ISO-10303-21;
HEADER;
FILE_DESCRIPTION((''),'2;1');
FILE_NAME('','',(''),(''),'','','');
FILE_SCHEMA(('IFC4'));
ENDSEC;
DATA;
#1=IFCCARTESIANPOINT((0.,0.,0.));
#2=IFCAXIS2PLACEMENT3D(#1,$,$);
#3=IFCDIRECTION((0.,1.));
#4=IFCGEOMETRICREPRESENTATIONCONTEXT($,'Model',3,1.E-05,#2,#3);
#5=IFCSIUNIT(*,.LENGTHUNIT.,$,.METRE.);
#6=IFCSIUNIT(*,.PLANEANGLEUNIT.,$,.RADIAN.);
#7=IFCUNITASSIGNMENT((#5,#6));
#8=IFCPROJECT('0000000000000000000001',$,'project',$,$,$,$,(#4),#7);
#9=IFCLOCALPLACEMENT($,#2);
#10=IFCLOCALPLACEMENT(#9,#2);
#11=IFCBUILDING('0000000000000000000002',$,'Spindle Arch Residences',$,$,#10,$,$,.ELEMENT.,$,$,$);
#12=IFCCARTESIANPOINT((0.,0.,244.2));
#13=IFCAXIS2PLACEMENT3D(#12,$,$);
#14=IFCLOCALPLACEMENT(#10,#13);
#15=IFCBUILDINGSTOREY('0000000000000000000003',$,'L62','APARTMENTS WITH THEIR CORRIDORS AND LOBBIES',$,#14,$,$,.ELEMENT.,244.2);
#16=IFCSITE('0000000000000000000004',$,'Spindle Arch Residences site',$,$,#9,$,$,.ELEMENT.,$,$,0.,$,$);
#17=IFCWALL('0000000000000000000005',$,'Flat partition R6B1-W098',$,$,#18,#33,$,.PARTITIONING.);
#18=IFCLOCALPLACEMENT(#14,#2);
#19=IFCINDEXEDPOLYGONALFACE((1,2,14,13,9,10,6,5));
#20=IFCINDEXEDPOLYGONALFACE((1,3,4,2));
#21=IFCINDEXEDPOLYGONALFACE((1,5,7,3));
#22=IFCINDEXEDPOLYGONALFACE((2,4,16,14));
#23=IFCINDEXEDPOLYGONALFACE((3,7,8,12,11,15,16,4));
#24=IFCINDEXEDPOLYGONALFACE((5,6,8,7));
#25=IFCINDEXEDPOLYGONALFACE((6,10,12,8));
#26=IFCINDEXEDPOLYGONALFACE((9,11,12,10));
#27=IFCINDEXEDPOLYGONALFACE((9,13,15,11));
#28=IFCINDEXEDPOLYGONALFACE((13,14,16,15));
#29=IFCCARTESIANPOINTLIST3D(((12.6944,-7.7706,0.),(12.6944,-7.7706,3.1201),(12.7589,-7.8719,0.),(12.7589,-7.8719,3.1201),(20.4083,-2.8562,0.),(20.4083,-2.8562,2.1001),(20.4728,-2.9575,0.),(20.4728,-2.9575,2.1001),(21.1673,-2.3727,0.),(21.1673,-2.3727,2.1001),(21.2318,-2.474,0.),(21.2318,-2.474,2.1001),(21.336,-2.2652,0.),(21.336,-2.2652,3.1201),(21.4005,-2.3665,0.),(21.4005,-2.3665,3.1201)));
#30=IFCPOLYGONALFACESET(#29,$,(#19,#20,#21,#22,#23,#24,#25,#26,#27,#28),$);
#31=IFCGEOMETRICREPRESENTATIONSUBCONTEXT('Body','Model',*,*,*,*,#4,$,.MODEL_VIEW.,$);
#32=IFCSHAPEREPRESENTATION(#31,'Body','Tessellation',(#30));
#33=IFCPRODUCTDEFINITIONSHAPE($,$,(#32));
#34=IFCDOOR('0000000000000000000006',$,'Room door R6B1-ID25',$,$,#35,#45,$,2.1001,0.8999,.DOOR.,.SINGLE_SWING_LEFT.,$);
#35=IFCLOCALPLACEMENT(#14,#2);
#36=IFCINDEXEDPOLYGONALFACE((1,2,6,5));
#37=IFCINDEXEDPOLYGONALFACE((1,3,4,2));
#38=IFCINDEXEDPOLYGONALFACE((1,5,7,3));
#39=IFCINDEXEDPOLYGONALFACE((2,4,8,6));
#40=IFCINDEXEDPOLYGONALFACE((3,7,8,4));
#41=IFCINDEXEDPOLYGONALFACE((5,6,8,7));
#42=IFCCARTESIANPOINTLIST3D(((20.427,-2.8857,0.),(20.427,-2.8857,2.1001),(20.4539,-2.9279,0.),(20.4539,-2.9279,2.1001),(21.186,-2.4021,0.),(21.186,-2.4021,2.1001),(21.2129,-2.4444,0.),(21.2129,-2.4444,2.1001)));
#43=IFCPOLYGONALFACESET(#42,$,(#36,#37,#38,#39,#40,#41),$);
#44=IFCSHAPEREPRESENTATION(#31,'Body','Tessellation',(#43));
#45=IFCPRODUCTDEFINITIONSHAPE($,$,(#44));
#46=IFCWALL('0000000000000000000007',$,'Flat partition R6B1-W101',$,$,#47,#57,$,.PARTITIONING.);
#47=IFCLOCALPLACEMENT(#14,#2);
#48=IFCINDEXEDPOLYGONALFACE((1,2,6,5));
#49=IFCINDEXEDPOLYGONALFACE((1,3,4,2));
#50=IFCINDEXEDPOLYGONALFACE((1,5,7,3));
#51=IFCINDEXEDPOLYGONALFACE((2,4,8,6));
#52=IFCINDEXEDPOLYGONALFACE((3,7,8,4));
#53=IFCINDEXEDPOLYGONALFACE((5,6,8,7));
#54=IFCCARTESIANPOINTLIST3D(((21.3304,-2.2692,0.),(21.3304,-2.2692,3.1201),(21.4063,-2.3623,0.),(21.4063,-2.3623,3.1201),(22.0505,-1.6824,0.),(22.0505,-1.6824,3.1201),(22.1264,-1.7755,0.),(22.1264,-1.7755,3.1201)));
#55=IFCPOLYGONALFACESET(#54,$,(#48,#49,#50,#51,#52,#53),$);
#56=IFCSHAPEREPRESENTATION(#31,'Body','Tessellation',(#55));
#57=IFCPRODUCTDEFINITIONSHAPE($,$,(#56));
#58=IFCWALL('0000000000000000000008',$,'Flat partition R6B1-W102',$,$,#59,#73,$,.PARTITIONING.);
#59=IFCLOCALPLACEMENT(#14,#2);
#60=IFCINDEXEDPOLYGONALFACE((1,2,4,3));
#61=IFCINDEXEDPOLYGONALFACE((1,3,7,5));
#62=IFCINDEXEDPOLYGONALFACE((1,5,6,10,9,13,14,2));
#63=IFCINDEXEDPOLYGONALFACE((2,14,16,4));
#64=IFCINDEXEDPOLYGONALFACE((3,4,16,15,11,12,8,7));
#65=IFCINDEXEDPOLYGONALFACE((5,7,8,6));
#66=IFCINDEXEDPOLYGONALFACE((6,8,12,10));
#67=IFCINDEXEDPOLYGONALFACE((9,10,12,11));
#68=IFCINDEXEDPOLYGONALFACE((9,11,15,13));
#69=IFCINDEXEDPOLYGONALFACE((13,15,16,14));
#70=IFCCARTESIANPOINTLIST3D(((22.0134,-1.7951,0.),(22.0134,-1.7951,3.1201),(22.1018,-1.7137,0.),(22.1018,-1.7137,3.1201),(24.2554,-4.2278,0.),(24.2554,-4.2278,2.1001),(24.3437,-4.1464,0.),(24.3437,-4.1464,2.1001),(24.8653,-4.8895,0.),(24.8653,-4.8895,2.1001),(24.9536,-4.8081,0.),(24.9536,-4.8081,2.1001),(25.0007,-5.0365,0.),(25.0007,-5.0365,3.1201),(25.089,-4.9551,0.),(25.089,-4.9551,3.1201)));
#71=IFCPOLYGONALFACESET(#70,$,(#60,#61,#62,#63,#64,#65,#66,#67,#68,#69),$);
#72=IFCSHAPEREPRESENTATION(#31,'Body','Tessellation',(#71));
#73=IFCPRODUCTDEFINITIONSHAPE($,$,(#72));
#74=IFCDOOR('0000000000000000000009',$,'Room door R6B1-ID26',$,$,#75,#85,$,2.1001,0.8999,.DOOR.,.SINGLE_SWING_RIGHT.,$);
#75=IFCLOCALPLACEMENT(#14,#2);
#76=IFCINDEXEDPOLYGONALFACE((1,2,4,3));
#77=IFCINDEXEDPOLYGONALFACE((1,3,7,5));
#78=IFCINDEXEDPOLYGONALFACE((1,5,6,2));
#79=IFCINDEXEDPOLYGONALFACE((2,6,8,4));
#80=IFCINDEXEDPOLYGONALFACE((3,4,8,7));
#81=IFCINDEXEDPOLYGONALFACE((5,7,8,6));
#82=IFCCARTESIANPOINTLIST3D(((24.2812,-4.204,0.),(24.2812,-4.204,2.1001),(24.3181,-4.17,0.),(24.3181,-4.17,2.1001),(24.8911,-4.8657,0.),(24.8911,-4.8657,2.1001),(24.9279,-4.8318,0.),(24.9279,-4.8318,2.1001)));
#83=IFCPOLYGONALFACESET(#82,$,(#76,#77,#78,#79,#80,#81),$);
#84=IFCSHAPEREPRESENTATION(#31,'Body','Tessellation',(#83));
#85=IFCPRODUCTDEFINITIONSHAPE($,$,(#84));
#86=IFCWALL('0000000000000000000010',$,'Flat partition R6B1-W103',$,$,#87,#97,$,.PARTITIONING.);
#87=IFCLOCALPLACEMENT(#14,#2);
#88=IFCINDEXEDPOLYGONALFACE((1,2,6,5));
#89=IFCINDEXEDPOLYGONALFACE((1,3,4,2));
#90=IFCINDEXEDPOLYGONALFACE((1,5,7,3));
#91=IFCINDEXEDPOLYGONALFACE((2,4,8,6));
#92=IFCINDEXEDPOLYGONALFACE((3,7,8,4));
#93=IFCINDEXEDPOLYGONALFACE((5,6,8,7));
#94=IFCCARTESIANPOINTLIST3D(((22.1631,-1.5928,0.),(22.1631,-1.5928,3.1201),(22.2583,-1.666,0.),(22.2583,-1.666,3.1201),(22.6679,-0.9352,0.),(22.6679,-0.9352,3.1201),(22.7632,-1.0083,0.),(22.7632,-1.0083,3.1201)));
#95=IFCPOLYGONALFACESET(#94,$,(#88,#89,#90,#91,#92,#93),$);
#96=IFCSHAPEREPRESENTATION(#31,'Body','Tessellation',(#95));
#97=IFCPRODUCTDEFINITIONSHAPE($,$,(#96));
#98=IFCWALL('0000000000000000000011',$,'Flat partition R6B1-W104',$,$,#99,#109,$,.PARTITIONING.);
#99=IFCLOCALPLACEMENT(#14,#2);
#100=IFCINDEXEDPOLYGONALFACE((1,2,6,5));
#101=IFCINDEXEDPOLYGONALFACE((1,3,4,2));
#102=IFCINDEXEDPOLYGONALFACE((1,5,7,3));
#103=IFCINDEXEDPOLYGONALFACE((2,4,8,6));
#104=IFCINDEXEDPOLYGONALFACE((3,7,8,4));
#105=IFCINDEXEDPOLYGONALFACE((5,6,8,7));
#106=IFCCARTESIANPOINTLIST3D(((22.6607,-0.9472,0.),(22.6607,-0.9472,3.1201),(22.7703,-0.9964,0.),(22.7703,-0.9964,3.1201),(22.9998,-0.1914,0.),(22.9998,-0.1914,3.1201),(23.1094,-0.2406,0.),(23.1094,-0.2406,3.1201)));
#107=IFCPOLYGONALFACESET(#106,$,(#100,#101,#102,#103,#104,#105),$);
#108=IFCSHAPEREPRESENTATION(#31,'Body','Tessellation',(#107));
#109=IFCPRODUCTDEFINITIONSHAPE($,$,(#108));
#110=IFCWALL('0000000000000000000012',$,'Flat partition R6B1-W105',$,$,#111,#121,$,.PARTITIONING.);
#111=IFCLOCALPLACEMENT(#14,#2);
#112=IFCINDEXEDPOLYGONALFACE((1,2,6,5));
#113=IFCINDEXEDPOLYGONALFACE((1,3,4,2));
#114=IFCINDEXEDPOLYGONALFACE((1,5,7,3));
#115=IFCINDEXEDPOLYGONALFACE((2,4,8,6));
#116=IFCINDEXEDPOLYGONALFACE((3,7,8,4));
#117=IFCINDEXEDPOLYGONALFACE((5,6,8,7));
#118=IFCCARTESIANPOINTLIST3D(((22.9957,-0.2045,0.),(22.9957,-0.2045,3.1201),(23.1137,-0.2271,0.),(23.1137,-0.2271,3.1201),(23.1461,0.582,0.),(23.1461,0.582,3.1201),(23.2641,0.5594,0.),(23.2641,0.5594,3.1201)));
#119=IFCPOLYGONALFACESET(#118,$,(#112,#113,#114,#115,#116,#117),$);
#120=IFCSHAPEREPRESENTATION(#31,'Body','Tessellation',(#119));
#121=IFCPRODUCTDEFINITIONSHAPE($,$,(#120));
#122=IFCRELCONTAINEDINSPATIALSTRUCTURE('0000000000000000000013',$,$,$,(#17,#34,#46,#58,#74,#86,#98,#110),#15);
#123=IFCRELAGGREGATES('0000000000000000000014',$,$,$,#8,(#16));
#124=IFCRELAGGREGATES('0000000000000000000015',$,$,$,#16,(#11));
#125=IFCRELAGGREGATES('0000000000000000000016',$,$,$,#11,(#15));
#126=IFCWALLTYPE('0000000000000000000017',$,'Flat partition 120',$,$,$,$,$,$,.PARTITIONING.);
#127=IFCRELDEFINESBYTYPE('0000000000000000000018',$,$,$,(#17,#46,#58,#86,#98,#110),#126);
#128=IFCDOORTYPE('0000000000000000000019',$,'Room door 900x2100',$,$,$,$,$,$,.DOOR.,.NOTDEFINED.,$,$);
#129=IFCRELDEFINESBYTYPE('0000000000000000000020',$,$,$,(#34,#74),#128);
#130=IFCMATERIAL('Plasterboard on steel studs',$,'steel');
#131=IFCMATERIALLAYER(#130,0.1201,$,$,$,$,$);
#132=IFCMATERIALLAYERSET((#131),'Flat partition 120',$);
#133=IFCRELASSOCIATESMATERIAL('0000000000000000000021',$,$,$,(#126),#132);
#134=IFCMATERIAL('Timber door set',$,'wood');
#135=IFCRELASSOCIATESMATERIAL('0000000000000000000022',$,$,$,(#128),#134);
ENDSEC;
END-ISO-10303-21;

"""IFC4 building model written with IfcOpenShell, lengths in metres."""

from ifc_helpers import new_model, si_unit, direction, frame, frame_2d, origin, place, context, subcontext, project, spatial, rectangle, extrude, material, layer, layer_set, type_object, element, fill, save


model = new_model("IFC4")

# Units and contexts
model_context = context("Model", 3, precision=1e-05, world=origin(), true_north=direction((0.0, 1.0)))
body_context = subcontext(model_context, "Body", "Model", "MODEL_VIEW")
ifc_project = project(units=[si_unit("LENGTHUNIT", "METRE"), si_unit("PLANEANGLEUNIT", "RADIAN")], contexts=[model_context])

# Site, building, storey
site_placement = place(None, origin())
site = spatial("IfcSite", under=ifc_project, at=site_placement, Name="Spindle Arch Residences site", CompositionType="ELEMENT", RefElevation=0.0)
building_placement = place(site_placement, origin())
building = spatial("IfcBuilding", under=site, at=building_placement, Name="Spindle Arch Residences", CompositionType="ELEMENT")
storey_placement = place(building_placement, frame((0.0, 0.0, 244.2)))
storey = spatial("IfcBuildingStorey", under=building, at=storey_placement, Name="L62", Description="APARTMENTS WITH THEIR CORRIDORS AND LOBBIES", CompositionType="ELEMENT", Elevation=244.2)

# Wall, opening, door
ifc_material_1 = material(Name="Plasterboard on steel studs", Category="steel")
ifc_layer_1 = layer(ifc_material_1, 0.1201)
ifc_layer_set_1 = layer_set([ifc_layer_1], Name="Flat partition 120")
wall_type = type_object("IfcWallType", Name="Flat partition 120", PredefinedType="PARTITIONING", material=ifc_layer_set_1)
wall_1_placement = place(storey_placement, frame((21.3682, -2.3159, 0.0), z_axis=(0.0, 0.0, 1.0), x_axis=(-0.843389, -0.537304, 0.0)))
wall_1 = element("IfcWall", 1, at=wall_1_placement, inside=storey, type_object=wall_type, Name="Flat partition R6B1-W098", PredefinedType="PARTITIONING", context=body_context, shape_type="SweptSolid", body=[
    extrude(rectangle(XDim=10.2463, YDim=0.1201, at=frame_2d((5.123, 0.0))), origin(), (0.0, 0.0, 1.0), 3.1201),
])
opening_1_placement = place(wall_1_placement, frame((0.2, 0.0, 0.0)))
opening_1 = element("IfcOpeningElement", 2, at=opening_1_placement, cuts=wall_1, PredefinedType="OPENING", context=body_context, shape_type="SweptSolid", body=[
    extrude(rectangle(XDim=0.8999, YDim=2.1001, at=frame_2d((0.45, 1.05))), frame((0.0, 0.0701, 0.0), z_axis=(0.0, -1.0, 0.0), x_axis=(1.0, 0.0, 0.0)), (0.0, 0.0, 1.0), 0.1401),
])
ifc_material_2 = material(Name="Timber door set", Category="wood")
door_type = type_object("IfcDoorType", Name="Room door 900x2100", OperationType="NOTDEFINED", PredefinedType="DOOR", material=ifc_material_2)
door_1_placement = place(opening_1_placement, origin())
door_1 = element("IfcDoor", 3, at=door_1_placement, inside=storey, type_object=door_type, Name="Room door R6B1-ID25", OperationType="SINGLE_SWING_LEFT", OverallHeight=2.1001, OverallWidth=0.8999, PredefinedType="DOOR", context=body_context, shape_type="SweptSolid", body=[
    extrude(rectangle(XDim=0.8999, YDim=2.1001, at=frame_2d((0.45, 1.05))), frame((0.0, 0.0249, 0.0), z_axis=(0.0, -1.0, 0.0), x_axis=(1.0, 0.0, 0.0)), (0.0, 0.0, 1.0), 0.05),
])
fill(opening_1, door_1)

# Wall
wall_2_placement = place(storey_placement, frame((22.0884, -1.729, 0.0), z_axis=(0.0, 0.0, 1.0), x_axis=(-0.775197, -0.63172, 0.0)))
element("IfcWall", 4, at=wall_2_placement, inside=storey, type_object=wall_type, Name="Flat partition R6B1-W101", PredefinedType="PARTITIONING", context=body_context, shape_type="SweptSolid", body=[
    extrude(rectangle(XDim=0.929, YDim=0.1201, at=frame_2d((0.4644, 0.0))), origin(), (0.0, 0.0, 1.0), 3.1201),
])

# Wall, opening, door
wall_3_placement = place(storey_placement, frame((25.0449, -4.9958, 0.0), z_axis=(0.0, 0.0, 1.0), x_axis=(-0.677691, 0.735347, 0.0)))
wall_3 = element("IfcWall", 5, at=wall_3_placement, inside=storey, type_object=wall_type, Name="Flat partition R6B1-W102", PredefinedType="PARTITIONING", context=body_context, shape_type="SweptSolid", body=[
    extrude(rectangle(XDim=4.408, YDim=0.1201, at=frame_2d((2.2041, 0.0))), origin(), (0.0, 0.0, 1.0), 3.1201),
])
opening_2_placement = place(wall_3_placement, frame((0.2, 0.0, 0.0)))
opening_2 = element("IfcOpeningElement", 6, at=opening_2_placement, cuts=wall_3, PredefinedType="OPENING", context=body_context, shape_type="SweptSolid", body=[
    extrude(rectangle(XDim=0.8999, YDim=2.1001, at=frame_2d((0.45, 1.05))), frame((0.0, 0.0701, 0.0), z_axis=(0.0, -1.0, 0.0), x_axis=(1.0, 0.0, 0.0)), (0.0, 0.0, 1.0), 0.1401),
])
door_2_placement = place(opening_2_placement, origin())
door_2 = element("IfcDoor", 7, at=door_2_placement, inside=storey, type_object=door_type, Name="Room door R6B1-ID26", OperationType="SINGLE_SWING_RIGHT", OverallHeight=2.1001, OverallWidth=0.8999, PredefinedType="DOOR", context=body_context, shape_type="SweptSolid", body=[
    extrude(rectangle(XDim=0.8999, YDim=2.1001, at=frame_2d((0.45, 1.05))), frame((0.0, 0.0249, 0.0), z_axis=(0.0, -1.0, 0.0), x_axis=(1.0, 0.0, 0.0)), (0.0, 0.0, 1.0), 0.05),
])
fill(opening_2, door_2)

# Walls
wall_4_placement = place(storey_placement, frame((22.2107, -1.6294, 0.0), z_axis=(0.0, 0.0, 1.0), x_axis=(0.608914, 0.793237, 0.0)))
element("IfcWall", 8, at=wall_4_placement, inside=storey, type_object=wall_type, Name="Flat partition R6B1-W103", PredefinedType="PARTITIONING", context=body_context, shape_type="SweptSolid", body=[
    extrude(rectangle(XDim=0.8291, YDim=0.1201, at=frame_2d((0.4146, 0.0))), origin(), (0.0, 0.0, 1.0), 3.1201),
])
wall_5_placement = place(storey_placement, frame((22.7156, -0.9717, 0.0), z_axis=(0.0, 0.0, 1.0), x_axis=(0.409335, 0.912384, 0.0)))
element("IfcWall", 9, at=wall_5_placement, inside=storey, type_object=wall_type, Name="Flat partition R6B1-W104", PredefinedType="PARTITIONING", context=body_context, shape_type="SweptSolid", body=[
    extrude(rectangle(XDim=0.8284, YDim=0.1201, at=frame_2d((0.4141, 0.0))), origin(), (0.0, 0.0, 1.0), 3.1201),
])
wall_6_placement = place(storey_placement, frame((23.0547, -0.2158, 0.0), z_axis=(0.0, 0.0, 1.0), x_axis=(0.187784, 0.98221, 0.0)))
element("IfcWall", 10, at=wall_6_placement, inside=storey, type_object=wall_type, Name="Flat partition R6B1-W105", PredefinedType="PARTITIONING", context=body_context, shape_type="SweptSolid", body=[
    extrude(rectangle(XDim=0.8008, YDim=0.1201, at=frame_2d((0.4004, 0.0))), origin(), (0.0, 0.0, 1.0), 3.1201),
])

save(model, "model.ifc")
